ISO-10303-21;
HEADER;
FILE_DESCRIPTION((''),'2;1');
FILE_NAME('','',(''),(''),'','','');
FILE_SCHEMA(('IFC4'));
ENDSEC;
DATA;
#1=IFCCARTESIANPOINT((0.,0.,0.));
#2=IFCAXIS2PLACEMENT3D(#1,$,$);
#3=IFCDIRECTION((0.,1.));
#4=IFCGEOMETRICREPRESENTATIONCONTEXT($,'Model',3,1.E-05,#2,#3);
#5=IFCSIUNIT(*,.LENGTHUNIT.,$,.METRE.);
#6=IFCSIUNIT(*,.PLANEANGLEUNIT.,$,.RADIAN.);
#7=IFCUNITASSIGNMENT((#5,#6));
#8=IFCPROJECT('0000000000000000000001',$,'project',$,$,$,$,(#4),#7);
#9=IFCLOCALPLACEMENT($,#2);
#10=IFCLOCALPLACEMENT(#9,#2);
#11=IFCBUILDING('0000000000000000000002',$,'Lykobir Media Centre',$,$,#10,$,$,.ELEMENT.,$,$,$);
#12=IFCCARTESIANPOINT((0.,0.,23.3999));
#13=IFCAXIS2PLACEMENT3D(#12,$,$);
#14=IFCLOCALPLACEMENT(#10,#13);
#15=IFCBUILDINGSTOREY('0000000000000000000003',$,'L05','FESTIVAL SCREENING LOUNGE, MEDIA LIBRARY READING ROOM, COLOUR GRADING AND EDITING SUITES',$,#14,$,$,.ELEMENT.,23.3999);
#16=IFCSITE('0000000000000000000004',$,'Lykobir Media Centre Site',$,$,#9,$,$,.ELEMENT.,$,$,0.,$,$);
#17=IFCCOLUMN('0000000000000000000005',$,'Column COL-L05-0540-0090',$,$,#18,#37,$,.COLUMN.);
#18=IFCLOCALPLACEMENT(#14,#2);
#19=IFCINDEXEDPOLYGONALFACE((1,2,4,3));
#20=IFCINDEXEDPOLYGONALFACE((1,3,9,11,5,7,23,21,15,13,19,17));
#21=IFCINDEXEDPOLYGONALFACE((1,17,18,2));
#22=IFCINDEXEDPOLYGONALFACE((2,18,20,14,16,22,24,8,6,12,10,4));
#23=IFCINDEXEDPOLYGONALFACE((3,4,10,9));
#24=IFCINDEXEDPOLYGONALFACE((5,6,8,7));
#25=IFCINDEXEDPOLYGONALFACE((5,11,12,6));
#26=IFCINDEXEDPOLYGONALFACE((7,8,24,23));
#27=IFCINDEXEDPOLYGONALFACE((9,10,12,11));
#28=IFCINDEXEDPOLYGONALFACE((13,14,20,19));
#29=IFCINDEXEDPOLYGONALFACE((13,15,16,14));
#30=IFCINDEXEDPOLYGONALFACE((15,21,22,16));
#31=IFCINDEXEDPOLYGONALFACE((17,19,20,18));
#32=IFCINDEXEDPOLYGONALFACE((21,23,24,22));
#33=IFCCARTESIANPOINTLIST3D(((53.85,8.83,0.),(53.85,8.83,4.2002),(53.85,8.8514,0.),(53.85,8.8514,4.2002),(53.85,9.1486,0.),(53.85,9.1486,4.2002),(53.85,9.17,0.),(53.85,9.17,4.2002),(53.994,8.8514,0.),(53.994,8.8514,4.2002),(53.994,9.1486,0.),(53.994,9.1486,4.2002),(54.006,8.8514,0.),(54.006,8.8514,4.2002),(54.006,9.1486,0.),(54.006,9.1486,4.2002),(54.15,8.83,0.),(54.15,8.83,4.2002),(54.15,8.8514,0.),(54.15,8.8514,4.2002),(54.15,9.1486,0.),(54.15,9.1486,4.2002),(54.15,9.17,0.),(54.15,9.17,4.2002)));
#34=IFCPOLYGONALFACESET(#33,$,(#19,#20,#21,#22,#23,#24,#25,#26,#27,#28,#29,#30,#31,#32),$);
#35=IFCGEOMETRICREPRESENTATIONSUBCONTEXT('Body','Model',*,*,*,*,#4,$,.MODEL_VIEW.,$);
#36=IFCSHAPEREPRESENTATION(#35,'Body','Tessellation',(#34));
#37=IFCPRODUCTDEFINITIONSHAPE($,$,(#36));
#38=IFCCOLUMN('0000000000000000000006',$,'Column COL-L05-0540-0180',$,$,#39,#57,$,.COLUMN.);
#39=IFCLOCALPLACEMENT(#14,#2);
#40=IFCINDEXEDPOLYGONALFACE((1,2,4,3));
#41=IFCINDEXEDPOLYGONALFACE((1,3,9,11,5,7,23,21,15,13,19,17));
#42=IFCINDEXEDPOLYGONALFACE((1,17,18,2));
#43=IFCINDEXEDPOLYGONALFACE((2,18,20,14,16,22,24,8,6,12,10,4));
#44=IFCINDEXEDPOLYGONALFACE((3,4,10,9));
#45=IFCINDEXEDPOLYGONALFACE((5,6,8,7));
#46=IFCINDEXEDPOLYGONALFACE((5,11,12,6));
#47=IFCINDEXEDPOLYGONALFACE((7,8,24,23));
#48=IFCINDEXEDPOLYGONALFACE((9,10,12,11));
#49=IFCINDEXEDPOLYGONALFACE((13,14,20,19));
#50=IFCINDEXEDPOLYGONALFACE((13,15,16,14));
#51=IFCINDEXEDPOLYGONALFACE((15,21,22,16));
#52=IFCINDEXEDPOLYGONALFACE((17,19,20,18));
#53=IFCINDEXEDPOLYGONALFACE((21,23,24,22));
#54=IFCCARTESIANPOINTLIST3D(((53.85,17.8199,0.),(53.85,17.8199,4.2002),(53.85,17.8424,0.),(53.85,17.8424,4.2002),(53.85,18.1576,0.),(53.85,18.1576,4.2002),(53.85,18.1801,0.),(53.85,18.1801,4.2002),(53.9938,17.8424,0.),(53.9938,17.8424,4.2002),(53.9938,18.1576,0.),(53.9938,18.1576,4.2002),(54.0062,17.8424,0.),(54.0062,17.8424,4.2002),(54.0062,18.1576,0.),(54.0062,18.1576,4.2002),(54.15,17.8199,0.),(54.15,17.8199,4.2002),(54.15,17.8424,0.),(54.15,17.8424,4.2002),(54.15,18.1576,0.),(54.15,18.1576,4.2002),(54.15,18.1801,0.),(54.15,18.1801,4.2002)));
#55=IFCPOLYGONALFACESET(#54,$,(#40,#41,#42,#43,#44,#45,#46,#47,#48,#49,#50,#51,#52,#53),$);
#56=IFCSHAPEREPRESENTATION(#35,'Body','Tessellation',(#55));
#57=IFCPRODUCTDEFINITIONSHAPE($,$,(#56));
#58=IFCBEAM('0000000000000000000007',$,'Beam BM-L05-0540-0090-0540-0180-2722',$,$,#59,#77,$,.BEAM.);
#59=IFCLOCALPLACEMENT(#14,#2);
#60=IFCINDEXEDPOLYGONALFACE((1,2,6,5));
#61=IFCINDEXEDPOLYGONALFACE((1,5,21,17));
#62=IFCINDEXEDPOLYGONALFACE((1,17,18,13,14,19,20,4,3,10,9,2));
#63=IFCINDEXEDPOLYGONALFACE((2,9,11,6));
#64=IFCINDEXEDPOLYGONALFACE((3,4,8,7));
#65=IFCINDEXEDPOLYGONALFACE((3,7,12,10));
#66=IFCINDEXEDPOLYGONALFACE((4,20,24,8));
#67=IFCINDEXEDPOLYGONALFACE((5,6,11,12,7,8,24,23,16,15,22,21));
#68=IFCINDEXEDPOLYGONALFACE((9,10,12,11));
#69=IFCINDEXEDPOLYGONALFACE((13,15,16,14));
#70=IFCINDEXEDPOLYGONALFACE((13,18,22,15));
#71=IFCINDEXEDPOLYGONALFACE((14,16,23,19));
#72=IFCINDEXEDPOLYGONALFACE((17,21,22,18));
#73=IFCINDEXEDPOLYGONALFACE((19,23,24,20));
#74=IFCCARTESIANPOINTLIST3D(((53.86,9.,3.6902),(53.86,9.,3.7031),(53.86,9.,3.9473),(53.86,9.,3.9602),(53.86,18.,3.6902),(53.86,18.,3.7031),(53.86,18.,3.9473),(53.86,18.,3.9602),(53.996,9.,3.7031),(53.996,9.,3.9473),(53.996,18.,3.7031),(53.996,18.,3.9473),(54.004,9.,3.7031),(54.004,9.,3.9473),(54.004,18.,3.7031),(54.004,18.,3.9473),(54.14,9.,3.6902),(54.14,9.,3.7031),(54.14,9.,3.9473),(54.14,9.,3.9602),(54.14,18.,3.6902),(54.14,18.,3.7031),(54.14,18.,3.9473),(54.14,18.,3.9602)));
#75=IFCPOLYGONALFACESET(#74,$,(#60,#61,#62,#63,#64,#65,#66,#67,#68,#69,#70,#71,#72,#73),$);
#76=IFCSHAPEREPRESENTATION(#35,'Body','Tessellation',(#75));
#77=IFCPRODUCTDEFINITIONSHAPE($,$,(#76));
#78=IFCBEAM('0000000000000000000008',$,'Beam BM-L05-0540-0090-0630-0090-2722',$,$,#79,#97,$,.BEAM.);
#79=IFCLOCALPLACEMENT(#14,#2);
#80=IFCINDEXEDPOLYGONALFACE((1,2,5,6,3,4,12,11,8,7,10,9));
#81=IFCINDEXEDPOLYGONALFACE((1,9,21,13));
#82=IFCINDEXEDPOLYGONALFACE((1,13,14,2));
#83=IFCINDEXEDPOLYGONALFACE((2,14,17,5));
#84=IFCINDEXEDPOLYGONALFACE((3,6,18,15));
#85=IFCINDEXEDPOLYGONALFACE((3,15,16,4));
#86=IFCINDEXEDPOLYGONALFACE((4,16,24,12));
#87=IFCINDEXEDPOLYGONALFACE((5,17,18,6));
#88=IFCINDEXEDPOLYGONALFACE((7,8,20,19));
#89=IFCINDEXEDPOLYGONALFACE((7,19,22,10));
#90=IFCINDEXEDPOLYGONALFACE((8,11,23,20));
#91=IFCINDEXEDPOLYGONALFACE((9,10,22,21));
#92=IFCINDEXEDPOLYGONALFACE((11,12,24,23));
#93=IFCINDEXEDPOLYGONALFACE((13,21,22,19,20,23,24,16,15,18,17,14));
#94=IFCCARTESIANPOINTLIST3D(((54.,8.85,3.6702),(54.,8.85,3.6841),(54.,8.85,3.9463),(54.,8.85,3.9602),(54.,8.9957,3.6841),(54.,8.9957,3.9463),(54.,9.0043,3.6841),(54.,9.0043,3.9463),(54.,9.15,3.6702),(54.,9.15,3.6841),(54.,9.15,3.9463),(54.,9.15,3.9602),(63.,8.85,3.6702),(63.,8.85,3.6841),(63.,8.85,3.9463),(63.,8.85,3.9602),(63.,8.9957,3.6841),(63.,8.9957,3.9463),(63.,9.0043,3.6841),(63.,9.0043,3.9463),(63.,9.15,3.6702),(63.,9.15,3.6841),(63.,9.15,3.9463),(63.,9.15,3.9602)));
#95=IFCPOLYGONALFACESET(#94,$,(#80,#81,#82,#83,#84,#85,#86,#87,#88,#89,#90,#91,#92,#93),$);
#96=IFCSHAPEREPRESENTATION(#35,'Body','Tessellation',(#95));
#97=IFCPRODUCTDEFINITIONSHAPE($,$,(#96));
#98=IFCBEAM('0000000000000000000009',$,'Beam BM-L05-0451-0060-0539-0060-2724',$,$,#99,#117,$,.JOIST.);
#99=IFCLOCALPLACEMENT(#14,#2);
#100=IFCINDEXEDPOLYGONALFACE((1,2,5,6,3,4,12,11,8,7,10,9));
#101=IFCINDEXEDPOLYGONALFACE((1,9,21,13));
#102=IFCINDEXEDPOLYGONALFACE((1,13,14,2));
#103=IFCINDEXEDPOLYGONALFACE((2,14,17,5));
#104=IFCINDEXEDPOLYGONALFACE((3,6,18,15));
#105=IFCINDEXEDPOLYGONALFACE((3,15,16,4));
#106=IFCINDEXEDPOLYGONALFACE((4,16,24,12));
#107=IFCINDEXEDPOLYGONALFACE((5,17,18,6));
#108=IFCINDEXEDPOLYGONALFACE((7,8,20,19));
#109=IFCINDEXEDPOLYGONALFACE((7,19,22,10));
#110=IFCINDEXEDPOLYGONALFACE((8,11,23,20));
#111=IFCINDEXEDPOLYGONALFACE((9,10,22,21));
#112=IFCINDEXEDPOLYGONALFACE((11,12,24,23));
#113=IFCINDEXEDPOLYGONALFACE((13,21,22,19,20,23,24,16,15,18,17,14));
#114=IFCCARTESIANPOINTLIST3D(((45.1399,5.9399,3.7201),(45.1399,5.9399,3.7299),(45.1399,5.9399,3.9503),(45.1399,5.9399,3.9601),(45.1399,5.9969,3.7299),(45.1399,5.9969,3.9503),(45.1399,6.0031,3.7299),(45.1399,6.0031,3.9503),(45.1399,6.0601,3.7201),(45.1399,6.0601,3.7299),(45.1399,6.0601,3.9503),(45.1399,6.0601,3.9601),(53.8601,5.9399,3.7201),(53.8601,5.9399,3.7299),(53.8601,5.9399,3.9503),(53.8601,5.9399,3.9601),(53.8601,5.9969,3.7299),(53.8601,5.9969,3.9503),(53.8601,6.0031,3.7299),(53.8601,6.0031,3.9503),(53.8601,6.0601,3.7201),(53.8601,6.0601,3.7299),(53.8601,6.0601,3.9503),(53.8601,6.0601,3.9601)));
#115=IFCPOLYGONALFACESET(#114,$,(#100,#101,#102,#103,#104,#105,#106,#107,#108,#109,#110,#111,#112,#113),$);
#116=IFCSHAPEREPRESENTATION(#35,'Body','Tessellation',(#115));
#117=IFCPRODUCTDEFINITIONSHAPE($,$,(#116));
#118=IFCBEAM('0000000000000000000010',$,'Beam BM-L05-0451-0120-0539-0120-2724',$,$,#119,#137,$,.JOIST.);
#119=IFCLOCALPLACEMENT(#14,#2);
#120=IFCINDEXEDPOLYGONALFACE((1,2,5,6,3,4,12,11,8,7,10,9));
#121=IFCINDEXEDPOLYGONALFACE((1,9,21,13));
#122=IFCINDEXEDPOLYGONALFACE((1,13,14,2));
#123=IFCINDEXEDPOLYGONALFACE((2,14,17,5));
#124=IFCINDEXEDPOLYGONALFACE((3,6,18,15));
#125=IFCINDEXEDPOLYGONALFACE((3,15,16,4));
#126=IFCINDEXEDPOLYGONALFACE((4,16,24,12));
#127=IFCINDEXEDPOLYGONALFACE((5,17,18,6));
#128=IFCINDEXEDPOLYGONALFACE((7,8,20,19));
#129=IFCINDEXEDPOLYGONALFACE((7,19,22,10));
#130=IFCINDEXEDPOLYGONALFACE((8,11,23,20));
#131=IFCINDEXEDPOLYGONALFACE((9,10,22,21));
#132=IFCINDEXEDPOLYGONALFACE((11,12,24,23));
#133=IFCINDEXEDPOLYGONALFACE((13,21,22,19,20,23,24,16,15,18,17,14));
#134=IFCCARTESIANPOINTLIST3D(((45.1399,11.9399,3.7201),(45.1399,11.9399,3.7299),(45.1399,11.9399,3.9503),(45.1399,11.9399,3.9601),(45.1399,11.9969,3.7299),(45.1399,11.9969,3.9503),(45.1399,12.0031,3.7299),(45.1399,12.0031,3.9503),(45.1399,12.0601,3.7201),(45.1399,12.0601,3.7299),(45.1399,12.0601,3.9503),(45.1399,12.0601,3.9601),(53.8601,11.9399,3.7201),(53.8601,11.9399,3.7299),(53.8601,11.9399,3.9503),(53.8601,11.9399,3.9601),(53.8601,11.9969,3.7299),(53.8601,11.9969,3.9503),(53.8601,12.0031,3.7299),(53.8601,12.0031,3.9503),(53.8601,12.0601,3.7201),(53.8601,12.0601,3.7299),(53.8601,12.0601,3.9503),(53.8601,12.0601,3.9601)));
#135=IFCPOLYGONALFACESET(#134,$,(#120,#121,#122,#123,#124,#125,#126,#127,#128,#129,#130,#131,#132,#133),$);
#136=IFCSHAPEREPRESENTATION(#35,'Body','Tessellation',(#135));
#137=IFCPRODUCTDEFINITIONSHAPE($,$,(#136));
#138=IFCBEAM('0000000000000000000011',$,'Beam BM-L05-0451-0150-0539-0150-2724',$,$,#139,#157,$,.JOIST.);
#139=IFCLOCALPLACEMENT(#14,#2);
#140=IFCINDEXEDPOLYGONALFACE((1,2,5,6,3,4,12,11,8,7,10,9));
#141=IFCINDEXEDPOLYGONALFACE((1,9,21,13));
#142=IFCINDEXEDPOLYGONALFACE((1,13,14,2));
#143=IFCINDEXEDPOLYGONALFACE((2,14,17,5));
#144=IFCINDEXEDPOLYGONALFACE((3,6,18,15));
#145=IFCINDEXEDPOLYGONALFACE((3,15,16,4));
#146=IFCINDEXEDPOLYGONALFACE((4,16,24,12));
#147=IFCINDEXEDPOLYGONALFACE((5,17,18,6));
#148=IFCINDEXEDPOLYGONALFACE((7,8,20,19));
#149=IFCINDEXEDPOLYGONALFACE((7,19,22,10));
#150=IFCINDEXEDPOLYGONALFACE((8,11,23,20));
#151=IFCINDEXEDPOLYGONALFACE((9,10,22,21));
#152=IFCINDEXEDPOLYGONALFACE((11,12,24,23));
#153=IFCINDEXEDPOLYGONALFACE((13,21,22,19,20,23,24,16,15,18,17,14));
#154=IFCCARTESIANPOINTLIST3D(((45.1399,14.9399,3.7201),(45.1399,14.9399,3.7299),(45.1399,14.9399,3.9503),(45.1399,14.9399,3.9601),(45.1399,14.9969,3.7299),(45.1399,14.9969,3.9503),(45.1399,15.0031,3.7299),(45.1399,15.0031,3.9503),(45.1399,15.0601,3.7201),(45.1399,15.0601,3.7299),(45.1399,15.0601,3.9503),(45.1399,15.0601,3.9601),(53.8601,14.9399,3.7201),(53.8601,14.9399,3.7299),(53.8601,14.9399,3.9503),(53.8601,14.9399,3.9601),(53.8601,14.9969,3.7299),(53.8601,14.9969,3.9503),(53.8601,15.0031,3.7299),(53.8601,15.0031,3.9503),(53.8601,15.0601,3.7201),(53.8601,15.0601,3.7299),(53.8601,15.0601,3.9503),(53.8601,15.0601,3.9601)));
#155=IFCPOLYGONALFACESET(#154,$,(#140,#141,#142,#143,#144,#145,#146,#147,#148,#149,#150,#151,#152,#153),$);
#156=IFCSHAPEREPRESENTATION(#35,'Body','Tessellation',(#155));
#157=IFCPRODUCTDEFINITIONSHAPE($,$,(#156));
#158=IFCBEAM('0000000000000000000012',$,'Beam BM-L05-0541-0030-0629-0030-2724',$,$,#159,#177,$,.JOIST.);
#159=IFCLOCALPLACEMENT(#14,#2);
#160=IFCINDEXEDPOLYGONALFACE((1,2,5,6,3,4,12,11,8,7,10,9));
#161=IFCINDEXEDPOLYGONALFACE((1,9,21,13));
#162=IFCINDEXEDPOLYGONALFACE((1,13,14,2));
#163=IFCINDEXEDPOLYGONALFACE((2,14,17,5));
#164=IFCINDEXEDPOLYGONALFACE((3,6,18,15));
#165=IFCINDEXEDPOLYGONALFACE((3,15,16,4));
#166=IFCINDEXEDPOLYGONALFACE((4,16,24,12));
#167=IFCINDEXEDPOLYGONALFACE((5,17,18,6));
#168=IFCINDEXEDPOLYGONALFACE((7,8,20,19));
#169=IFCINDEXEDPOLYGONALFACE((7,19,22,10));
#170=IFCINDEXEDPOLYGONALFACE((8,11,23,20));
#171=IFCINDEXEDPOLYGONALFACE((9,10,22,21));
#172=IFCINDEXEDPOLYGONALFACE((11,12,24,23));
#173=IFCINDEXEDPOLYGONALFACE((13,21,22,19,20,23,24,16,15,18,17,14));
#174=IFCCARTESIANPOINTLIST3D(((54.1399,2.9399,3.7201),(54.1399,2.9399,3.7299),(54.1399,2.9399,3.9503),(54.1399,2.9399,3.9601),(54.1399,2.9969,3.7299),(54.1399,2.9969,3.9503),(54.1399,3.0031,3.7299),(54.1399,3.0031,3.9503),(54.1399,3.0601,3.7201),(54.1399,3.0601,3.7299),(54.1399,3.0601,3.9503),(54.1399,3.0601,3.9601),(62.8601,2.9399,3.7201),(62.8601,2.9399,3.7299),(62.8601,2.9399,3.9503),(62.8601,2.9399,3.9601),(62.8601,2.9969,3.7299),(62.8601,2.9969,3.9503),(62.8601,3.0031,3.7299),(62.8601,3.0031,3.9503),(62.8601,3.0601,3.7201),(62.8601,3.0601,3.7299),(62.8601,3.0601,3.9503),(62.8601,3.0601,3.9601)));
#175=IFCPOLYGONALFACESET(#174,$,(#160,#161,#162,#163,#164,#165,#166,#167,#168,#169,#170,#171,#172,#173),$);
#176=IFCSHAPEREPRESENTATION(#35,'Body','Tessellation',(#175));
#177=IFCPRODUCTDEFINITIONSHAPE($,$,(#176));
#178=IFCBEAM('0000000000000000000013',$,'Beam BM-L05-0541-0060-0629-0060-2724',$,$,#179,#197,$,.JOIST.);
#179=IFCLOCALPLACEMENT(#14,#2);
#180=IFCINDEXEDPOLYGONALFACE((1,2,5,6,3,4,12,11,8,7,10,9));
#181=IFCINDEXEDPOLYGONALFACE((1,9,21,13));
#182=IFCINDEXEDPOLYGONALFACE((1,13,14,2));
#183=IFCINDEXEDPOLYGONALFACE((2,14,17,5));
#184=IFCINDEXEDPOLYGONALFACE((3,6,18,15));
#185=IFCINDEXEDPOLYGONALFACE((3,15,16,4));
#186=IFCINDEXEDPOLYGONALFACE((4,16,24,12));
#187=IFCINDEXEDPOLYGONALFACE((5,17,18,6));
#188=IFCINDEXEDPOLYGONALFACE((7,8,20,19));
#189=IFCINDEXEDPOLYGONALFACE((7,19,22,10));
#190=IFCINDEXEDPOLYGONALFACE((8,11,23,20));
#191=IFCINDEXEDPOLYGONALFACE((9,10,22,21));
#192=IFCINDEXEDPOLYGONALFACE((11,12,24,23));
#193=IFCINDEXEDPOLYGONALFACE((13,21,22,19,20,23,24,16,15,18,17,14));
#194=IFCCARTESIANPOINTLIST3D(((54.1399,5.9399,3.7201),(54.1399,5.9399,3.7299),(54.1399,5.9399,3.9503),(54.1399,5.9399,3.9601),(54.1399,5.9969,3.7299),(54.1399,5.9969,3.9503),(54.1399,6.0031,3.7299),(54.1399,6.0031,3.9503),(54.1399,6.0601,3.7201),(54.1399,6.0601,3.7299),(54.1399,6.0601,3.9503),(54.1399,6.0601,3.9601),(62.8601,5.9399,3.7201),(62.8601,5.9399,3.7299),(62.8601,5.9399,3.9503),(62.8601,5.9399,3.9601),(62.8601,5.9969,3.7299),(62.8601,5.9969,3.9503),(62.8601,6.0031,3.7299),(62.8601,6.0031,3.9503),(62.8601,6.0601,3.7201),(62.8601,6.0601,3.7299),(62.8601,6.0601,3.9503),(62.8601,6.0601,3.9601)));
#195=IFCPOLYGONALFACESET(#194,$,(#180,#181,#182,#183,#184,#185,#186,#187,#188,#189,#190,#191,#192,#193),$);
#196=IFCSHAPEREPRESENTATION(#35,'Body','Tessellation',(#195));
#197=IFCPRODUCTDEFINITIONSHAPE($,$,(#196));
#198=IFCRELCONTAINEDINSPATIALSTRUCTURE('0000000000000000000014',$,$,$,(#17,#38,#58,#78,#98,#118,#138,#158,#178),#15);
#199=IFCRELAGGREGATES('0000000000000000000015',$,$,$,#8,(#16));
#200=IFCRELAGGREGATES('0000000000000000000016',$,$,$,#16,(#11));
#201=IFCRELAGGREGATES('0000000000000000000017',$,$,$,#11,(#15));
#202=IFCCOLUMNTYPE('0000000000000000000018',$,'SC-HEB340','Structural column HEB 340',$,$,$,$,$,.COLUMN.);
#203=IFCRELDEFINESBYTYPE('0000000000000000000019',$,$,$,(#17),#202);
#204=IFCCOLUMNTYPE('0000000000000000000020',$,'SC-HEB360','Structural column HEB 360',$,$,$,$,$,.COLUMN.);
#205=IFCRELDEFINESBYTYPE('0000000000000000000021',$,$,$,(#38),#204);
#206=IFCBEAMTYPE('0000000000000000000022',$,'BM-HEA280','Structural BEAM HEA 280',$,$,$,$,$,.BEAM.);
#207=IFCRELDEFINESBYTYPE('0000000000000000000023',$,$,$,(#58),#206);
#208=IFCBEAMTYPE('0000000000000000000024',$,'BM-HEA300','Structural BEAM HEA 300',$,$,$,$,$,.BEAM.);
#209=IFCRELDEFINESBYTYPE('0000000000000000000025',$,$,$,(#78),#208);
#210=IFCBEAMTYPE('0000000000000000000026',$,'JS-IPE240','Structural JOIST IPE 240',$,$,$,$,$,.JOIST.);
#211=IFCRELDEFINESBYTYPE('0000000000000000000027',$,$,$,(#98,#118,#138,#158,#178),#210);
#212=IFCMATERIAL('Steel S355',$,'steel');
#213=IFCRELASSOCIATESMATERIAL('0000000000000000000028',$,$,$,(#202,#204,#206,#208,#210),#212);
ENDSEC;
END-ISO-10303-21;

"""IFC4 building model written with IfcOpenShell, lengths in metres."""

from ifc_helpers import new_model, si_unit, direction, frame, origin, origin_2d, place, context, subcontext, project, spatial, i_section, extrude, material, material_profile, profile_set, type_object, element, save


model = new_model("IFC4")

# Units and contexts
model_context = context("Model", 3, precision=1e-05, world=origin(), true_north=direction((0.0, 1.0)))
body_context = subcontext(model_context, "Body", "Model", "MODEL_VIEW")
ifc_project = project(units=[si_unit("LENGTHUNIT", "METRE"), si_unit("PLANEANGLEUNIT", "RADIAN")], contexts=[model_context])

# Site, building, storey
site_placement = place(None, origin())
site = spatial("IfcSite", under=ifc_project, at=site_placement, Name="Lykobir Media Centre Site", CompositionType="ELEMENT", RefElevation=0.0)
building_placement = place(site_placement, origin())
building = spatial("IfcBuilding", under=site, at=building_placement, Name="Lykobir Media Centre", CompositionType="ELEMENT")
storey_placement = place(building_placement, frame((0.0, 0.0, 23.3999)))
storey = spatial("IfcBuildingStorey", under=building, at=storey_placement, Name="L05", Description="FESTIVAL SCREENING LOUNGE, MEDIA LIBRARY READING ROOM, COLOUR GRADING AND EDITING SUITES", CompositionType="ELEMENT", Elevation=23.3999)

# Columns
ifc_material_1 = material(Name="Steel S355", Category="steel")
ifc_material_profile_1 = material_profile(ifc_material_1, i_section(OverallWidth=0.3, OverallDepth=0.3401, WebThickness=0.012, FlangeThickness=0.0215, at=origin_2d()), Name="HEB 340")
ifc_profile_set_1 = profile_set([ifc_material_profile_1], Name="Steel S355")
column_type_1 = type_object("IfcColumnType", Name="SC-HEB340", Description="Structural column HEB 340", PredefinedType="COLUMN", material=ifc_profile_set_1)
column_1_placement = place(storey_placement, frame((54.0, 9.0, 0.0), z_axis=(0.0, 0.0, 1.0), x_axis=(1.0, 0.0, 0.0)))
element("IfcColumn", 1, at=column_1_placement, inside=storey, type_object=column_type_1, Name="Column COL-L05-0540-0090", PredefinedType="COLUMN", context=body_context, shape_type="SweptSolid", body=[
    extrude(i_section(OverallWidth=0.3, OverallDepth=0.3401, WebThickness=0.012, FlangeThickness=0.0215, at=origin_2d()), origin(), (0.0, 0.0, 1.0), 4.2002),
])
ifc_material_profile_2 = material_profile(ifc_material_1, i_section(OverallWidth=0.3, OverallDepth=0.3601, WebThickness=0.0125, FlangeThickness=0.0225, at=origin_2d()), Name="HEB 360")
ifc_profile_set_2 = profile_set([ifc_material_profile_2], Name="Steel S355")
column_type_2 = type_object("IfcColumnType", Name="SC-HEB360", Description="Structural column HEB 360", PredefinedType="COLUMN", material=ifc_profile_set_2)
column_2_placement = place(storey_placement, frame((54.0, 18.0, 0.0), z_axis=(0.0, 0.0, 1.0), x_axis=(1.0, 0.0, 0.0)))
element("IfcColumn", 2, at=column_2_placement, inside=storey, type_object=column_type_2, Name="Column COL-L05-0540-0180", PredefinedType="COLUMN", context=body_context, shape_type="SweptSolid", body=[
    extrude(i_section(OverallWidth=0.3, OverallDepth=0.3601, WebThickness=0.0125, FlangeThickness=0.0225, at=origin_2d()), origin(), (0.0, 0.0, 1.0), 4.2002),
])

# Beams
ifc_material_profile_3 = material_profile(ifc_material_1, i_section(OverallWidth=0.28, OverallDepth=0.27, WebThickness=0.0081, FlangeThickness=0.0129, at=origin_2d()), Name="HEA 280")
ifc_profile_set_3 = profile_set([ifc_material_profile_3], Name="Steel S355")
beam_type_1 = type_object("IfcBeamType", Name="BM-HEA280", Description="Structural BEAM HEA 280", PredefinedType="BEAM", material=ifc_profile_set_3)
beam_1_placement = place(storey_placement, frame((54.0, 9.0, 3.8252), z_axis=(0.0, 1.0, 0.0), x_axis=(-1.0, 0.0, 0.0)))
element("IfcBeam", 3, at=beam_1_placement, inside=storey, type_object=beam_type_1, Name="Beam BM-L05-0540-0090-0540-0180-2722", PredefinedType="BEAM", context=body_context, shape_type="SweptSolid", body=[
    extrude(i_section(OverallWidth=0.28, OverallDepth=0.27, WebThickness=0.0081, FlangeThickness=0.0129, at=origin_2d()), origin(), (0.0, 0.0, 1.0), 9.0),
])
ifc_material_profile_4 = material_profile(ifc_material_1, i_section(OverallWidth=0.3, OverallDepth=0.29, WebThickness=0.0085, FlangeThickness=0.0139, at=origin_2d()), Name="HEA 300")
ifc_profile_set_4 = profile_set([ifc_material_profile_4], Name="Steel S355")
beam_type_2 = type_object("IfcBeamType", Name="BM-HEA300", Description="Structural BEAM HEA 300", PredefinedType="BEAM", material=ifc_profile_set_4)
beam_2_placement = place(storey_placement, frame((54.0, 9.0, 3.8152), z_axis=(1.0, 0.0, 0.0), x_axis=(0.0, 1.0, 0.0)))
element("IfcBeam", 4, at=beam_2_placement, inside=storey, type_object=beam_type_2, Name="Beam BM-L05-0540-0090-0630-0090-2722", PredefinedType="BEAM", context=body_context, shape_type="SweptSolid", body=[
    extrude(i_section(OverallWidth=0.3, OverallDepth=0.29, WebThickness=0.0085, FlangeThickness=0.0139, at=origin_2d()), origin(), (0.0, 0.0, 1.0), 9.0),
])
ifc_material_profile_5 = material_profile(ifc_material_1, i_section(OverallWidth=0.1201, OverallDepth=0.24, WebThickness=0.0061, FlangeThickness=0.0098, at=origin_2d()), Name="IPE 240")
ifc_profile_set_5 = profile_set([ifc_material_profile_5], Name="Steel S355")
beam_type_3 = type_object("IfcBeamType", Name="JS-IPE240", Description="Structural JOIST IPE 240", PredefinedType="JOIST", material=ifc_profile_set_5)
for number, where, z_axis, x_axis, name in (
    (5, (45.1399, 6.0, 3.8401), (1.0, 0.0, 0.0), (0.0, 1.0, 0.0), "Beam BM-L05-0451-0060-0539-0060-2724"),
    (6, (45.1399, 12.0, 3.8401), (1.0, 0.0, 0.0), (0.0, 1.0, 0.0), "Beam BM-L05-0451-0120-0539-0120-2724"),
    (7, (45.1399, 15.0, 3.8401), (1.0, 0.0, 0.0), (0.0, 1.0, 0.0), "Beam BM-L05-0451-0150-0539-0150-2724"),
    (8, (54.1399, 3.0, 3.8401), (1.0, 0.0, 0.0), (0.0, 1.0, 0.0), "Beam BM-L05-0541-0030-0629-0030-2724"),
    (9, (54.1399, 6.0, 3.8401), (1.0, 0.0, 0.0), (0.0, 1.0, 0.0), "Beam BM-L05-0541-0060-0629-0060-2724"),
):
    element("IfcBeam", number, at=place(storey_placement, frame(where, z_axis=z_axis, x_axis=x_axis)), inside=storey, type_object=beam_type_3, Name=name, PredefinedType="JOIST", context=body_context, shape_type="SweptSolid", body=[
        extrude(i_section(OverallWidth=0.1201, OverallDepth=0.24, WebThickness=0.0061, FlangeThickness=0.0098, at=origin_2d()), origin(), (0.0, 0.0, 1.0), 8.7202),
    ])

save(model, "model.ifc")
